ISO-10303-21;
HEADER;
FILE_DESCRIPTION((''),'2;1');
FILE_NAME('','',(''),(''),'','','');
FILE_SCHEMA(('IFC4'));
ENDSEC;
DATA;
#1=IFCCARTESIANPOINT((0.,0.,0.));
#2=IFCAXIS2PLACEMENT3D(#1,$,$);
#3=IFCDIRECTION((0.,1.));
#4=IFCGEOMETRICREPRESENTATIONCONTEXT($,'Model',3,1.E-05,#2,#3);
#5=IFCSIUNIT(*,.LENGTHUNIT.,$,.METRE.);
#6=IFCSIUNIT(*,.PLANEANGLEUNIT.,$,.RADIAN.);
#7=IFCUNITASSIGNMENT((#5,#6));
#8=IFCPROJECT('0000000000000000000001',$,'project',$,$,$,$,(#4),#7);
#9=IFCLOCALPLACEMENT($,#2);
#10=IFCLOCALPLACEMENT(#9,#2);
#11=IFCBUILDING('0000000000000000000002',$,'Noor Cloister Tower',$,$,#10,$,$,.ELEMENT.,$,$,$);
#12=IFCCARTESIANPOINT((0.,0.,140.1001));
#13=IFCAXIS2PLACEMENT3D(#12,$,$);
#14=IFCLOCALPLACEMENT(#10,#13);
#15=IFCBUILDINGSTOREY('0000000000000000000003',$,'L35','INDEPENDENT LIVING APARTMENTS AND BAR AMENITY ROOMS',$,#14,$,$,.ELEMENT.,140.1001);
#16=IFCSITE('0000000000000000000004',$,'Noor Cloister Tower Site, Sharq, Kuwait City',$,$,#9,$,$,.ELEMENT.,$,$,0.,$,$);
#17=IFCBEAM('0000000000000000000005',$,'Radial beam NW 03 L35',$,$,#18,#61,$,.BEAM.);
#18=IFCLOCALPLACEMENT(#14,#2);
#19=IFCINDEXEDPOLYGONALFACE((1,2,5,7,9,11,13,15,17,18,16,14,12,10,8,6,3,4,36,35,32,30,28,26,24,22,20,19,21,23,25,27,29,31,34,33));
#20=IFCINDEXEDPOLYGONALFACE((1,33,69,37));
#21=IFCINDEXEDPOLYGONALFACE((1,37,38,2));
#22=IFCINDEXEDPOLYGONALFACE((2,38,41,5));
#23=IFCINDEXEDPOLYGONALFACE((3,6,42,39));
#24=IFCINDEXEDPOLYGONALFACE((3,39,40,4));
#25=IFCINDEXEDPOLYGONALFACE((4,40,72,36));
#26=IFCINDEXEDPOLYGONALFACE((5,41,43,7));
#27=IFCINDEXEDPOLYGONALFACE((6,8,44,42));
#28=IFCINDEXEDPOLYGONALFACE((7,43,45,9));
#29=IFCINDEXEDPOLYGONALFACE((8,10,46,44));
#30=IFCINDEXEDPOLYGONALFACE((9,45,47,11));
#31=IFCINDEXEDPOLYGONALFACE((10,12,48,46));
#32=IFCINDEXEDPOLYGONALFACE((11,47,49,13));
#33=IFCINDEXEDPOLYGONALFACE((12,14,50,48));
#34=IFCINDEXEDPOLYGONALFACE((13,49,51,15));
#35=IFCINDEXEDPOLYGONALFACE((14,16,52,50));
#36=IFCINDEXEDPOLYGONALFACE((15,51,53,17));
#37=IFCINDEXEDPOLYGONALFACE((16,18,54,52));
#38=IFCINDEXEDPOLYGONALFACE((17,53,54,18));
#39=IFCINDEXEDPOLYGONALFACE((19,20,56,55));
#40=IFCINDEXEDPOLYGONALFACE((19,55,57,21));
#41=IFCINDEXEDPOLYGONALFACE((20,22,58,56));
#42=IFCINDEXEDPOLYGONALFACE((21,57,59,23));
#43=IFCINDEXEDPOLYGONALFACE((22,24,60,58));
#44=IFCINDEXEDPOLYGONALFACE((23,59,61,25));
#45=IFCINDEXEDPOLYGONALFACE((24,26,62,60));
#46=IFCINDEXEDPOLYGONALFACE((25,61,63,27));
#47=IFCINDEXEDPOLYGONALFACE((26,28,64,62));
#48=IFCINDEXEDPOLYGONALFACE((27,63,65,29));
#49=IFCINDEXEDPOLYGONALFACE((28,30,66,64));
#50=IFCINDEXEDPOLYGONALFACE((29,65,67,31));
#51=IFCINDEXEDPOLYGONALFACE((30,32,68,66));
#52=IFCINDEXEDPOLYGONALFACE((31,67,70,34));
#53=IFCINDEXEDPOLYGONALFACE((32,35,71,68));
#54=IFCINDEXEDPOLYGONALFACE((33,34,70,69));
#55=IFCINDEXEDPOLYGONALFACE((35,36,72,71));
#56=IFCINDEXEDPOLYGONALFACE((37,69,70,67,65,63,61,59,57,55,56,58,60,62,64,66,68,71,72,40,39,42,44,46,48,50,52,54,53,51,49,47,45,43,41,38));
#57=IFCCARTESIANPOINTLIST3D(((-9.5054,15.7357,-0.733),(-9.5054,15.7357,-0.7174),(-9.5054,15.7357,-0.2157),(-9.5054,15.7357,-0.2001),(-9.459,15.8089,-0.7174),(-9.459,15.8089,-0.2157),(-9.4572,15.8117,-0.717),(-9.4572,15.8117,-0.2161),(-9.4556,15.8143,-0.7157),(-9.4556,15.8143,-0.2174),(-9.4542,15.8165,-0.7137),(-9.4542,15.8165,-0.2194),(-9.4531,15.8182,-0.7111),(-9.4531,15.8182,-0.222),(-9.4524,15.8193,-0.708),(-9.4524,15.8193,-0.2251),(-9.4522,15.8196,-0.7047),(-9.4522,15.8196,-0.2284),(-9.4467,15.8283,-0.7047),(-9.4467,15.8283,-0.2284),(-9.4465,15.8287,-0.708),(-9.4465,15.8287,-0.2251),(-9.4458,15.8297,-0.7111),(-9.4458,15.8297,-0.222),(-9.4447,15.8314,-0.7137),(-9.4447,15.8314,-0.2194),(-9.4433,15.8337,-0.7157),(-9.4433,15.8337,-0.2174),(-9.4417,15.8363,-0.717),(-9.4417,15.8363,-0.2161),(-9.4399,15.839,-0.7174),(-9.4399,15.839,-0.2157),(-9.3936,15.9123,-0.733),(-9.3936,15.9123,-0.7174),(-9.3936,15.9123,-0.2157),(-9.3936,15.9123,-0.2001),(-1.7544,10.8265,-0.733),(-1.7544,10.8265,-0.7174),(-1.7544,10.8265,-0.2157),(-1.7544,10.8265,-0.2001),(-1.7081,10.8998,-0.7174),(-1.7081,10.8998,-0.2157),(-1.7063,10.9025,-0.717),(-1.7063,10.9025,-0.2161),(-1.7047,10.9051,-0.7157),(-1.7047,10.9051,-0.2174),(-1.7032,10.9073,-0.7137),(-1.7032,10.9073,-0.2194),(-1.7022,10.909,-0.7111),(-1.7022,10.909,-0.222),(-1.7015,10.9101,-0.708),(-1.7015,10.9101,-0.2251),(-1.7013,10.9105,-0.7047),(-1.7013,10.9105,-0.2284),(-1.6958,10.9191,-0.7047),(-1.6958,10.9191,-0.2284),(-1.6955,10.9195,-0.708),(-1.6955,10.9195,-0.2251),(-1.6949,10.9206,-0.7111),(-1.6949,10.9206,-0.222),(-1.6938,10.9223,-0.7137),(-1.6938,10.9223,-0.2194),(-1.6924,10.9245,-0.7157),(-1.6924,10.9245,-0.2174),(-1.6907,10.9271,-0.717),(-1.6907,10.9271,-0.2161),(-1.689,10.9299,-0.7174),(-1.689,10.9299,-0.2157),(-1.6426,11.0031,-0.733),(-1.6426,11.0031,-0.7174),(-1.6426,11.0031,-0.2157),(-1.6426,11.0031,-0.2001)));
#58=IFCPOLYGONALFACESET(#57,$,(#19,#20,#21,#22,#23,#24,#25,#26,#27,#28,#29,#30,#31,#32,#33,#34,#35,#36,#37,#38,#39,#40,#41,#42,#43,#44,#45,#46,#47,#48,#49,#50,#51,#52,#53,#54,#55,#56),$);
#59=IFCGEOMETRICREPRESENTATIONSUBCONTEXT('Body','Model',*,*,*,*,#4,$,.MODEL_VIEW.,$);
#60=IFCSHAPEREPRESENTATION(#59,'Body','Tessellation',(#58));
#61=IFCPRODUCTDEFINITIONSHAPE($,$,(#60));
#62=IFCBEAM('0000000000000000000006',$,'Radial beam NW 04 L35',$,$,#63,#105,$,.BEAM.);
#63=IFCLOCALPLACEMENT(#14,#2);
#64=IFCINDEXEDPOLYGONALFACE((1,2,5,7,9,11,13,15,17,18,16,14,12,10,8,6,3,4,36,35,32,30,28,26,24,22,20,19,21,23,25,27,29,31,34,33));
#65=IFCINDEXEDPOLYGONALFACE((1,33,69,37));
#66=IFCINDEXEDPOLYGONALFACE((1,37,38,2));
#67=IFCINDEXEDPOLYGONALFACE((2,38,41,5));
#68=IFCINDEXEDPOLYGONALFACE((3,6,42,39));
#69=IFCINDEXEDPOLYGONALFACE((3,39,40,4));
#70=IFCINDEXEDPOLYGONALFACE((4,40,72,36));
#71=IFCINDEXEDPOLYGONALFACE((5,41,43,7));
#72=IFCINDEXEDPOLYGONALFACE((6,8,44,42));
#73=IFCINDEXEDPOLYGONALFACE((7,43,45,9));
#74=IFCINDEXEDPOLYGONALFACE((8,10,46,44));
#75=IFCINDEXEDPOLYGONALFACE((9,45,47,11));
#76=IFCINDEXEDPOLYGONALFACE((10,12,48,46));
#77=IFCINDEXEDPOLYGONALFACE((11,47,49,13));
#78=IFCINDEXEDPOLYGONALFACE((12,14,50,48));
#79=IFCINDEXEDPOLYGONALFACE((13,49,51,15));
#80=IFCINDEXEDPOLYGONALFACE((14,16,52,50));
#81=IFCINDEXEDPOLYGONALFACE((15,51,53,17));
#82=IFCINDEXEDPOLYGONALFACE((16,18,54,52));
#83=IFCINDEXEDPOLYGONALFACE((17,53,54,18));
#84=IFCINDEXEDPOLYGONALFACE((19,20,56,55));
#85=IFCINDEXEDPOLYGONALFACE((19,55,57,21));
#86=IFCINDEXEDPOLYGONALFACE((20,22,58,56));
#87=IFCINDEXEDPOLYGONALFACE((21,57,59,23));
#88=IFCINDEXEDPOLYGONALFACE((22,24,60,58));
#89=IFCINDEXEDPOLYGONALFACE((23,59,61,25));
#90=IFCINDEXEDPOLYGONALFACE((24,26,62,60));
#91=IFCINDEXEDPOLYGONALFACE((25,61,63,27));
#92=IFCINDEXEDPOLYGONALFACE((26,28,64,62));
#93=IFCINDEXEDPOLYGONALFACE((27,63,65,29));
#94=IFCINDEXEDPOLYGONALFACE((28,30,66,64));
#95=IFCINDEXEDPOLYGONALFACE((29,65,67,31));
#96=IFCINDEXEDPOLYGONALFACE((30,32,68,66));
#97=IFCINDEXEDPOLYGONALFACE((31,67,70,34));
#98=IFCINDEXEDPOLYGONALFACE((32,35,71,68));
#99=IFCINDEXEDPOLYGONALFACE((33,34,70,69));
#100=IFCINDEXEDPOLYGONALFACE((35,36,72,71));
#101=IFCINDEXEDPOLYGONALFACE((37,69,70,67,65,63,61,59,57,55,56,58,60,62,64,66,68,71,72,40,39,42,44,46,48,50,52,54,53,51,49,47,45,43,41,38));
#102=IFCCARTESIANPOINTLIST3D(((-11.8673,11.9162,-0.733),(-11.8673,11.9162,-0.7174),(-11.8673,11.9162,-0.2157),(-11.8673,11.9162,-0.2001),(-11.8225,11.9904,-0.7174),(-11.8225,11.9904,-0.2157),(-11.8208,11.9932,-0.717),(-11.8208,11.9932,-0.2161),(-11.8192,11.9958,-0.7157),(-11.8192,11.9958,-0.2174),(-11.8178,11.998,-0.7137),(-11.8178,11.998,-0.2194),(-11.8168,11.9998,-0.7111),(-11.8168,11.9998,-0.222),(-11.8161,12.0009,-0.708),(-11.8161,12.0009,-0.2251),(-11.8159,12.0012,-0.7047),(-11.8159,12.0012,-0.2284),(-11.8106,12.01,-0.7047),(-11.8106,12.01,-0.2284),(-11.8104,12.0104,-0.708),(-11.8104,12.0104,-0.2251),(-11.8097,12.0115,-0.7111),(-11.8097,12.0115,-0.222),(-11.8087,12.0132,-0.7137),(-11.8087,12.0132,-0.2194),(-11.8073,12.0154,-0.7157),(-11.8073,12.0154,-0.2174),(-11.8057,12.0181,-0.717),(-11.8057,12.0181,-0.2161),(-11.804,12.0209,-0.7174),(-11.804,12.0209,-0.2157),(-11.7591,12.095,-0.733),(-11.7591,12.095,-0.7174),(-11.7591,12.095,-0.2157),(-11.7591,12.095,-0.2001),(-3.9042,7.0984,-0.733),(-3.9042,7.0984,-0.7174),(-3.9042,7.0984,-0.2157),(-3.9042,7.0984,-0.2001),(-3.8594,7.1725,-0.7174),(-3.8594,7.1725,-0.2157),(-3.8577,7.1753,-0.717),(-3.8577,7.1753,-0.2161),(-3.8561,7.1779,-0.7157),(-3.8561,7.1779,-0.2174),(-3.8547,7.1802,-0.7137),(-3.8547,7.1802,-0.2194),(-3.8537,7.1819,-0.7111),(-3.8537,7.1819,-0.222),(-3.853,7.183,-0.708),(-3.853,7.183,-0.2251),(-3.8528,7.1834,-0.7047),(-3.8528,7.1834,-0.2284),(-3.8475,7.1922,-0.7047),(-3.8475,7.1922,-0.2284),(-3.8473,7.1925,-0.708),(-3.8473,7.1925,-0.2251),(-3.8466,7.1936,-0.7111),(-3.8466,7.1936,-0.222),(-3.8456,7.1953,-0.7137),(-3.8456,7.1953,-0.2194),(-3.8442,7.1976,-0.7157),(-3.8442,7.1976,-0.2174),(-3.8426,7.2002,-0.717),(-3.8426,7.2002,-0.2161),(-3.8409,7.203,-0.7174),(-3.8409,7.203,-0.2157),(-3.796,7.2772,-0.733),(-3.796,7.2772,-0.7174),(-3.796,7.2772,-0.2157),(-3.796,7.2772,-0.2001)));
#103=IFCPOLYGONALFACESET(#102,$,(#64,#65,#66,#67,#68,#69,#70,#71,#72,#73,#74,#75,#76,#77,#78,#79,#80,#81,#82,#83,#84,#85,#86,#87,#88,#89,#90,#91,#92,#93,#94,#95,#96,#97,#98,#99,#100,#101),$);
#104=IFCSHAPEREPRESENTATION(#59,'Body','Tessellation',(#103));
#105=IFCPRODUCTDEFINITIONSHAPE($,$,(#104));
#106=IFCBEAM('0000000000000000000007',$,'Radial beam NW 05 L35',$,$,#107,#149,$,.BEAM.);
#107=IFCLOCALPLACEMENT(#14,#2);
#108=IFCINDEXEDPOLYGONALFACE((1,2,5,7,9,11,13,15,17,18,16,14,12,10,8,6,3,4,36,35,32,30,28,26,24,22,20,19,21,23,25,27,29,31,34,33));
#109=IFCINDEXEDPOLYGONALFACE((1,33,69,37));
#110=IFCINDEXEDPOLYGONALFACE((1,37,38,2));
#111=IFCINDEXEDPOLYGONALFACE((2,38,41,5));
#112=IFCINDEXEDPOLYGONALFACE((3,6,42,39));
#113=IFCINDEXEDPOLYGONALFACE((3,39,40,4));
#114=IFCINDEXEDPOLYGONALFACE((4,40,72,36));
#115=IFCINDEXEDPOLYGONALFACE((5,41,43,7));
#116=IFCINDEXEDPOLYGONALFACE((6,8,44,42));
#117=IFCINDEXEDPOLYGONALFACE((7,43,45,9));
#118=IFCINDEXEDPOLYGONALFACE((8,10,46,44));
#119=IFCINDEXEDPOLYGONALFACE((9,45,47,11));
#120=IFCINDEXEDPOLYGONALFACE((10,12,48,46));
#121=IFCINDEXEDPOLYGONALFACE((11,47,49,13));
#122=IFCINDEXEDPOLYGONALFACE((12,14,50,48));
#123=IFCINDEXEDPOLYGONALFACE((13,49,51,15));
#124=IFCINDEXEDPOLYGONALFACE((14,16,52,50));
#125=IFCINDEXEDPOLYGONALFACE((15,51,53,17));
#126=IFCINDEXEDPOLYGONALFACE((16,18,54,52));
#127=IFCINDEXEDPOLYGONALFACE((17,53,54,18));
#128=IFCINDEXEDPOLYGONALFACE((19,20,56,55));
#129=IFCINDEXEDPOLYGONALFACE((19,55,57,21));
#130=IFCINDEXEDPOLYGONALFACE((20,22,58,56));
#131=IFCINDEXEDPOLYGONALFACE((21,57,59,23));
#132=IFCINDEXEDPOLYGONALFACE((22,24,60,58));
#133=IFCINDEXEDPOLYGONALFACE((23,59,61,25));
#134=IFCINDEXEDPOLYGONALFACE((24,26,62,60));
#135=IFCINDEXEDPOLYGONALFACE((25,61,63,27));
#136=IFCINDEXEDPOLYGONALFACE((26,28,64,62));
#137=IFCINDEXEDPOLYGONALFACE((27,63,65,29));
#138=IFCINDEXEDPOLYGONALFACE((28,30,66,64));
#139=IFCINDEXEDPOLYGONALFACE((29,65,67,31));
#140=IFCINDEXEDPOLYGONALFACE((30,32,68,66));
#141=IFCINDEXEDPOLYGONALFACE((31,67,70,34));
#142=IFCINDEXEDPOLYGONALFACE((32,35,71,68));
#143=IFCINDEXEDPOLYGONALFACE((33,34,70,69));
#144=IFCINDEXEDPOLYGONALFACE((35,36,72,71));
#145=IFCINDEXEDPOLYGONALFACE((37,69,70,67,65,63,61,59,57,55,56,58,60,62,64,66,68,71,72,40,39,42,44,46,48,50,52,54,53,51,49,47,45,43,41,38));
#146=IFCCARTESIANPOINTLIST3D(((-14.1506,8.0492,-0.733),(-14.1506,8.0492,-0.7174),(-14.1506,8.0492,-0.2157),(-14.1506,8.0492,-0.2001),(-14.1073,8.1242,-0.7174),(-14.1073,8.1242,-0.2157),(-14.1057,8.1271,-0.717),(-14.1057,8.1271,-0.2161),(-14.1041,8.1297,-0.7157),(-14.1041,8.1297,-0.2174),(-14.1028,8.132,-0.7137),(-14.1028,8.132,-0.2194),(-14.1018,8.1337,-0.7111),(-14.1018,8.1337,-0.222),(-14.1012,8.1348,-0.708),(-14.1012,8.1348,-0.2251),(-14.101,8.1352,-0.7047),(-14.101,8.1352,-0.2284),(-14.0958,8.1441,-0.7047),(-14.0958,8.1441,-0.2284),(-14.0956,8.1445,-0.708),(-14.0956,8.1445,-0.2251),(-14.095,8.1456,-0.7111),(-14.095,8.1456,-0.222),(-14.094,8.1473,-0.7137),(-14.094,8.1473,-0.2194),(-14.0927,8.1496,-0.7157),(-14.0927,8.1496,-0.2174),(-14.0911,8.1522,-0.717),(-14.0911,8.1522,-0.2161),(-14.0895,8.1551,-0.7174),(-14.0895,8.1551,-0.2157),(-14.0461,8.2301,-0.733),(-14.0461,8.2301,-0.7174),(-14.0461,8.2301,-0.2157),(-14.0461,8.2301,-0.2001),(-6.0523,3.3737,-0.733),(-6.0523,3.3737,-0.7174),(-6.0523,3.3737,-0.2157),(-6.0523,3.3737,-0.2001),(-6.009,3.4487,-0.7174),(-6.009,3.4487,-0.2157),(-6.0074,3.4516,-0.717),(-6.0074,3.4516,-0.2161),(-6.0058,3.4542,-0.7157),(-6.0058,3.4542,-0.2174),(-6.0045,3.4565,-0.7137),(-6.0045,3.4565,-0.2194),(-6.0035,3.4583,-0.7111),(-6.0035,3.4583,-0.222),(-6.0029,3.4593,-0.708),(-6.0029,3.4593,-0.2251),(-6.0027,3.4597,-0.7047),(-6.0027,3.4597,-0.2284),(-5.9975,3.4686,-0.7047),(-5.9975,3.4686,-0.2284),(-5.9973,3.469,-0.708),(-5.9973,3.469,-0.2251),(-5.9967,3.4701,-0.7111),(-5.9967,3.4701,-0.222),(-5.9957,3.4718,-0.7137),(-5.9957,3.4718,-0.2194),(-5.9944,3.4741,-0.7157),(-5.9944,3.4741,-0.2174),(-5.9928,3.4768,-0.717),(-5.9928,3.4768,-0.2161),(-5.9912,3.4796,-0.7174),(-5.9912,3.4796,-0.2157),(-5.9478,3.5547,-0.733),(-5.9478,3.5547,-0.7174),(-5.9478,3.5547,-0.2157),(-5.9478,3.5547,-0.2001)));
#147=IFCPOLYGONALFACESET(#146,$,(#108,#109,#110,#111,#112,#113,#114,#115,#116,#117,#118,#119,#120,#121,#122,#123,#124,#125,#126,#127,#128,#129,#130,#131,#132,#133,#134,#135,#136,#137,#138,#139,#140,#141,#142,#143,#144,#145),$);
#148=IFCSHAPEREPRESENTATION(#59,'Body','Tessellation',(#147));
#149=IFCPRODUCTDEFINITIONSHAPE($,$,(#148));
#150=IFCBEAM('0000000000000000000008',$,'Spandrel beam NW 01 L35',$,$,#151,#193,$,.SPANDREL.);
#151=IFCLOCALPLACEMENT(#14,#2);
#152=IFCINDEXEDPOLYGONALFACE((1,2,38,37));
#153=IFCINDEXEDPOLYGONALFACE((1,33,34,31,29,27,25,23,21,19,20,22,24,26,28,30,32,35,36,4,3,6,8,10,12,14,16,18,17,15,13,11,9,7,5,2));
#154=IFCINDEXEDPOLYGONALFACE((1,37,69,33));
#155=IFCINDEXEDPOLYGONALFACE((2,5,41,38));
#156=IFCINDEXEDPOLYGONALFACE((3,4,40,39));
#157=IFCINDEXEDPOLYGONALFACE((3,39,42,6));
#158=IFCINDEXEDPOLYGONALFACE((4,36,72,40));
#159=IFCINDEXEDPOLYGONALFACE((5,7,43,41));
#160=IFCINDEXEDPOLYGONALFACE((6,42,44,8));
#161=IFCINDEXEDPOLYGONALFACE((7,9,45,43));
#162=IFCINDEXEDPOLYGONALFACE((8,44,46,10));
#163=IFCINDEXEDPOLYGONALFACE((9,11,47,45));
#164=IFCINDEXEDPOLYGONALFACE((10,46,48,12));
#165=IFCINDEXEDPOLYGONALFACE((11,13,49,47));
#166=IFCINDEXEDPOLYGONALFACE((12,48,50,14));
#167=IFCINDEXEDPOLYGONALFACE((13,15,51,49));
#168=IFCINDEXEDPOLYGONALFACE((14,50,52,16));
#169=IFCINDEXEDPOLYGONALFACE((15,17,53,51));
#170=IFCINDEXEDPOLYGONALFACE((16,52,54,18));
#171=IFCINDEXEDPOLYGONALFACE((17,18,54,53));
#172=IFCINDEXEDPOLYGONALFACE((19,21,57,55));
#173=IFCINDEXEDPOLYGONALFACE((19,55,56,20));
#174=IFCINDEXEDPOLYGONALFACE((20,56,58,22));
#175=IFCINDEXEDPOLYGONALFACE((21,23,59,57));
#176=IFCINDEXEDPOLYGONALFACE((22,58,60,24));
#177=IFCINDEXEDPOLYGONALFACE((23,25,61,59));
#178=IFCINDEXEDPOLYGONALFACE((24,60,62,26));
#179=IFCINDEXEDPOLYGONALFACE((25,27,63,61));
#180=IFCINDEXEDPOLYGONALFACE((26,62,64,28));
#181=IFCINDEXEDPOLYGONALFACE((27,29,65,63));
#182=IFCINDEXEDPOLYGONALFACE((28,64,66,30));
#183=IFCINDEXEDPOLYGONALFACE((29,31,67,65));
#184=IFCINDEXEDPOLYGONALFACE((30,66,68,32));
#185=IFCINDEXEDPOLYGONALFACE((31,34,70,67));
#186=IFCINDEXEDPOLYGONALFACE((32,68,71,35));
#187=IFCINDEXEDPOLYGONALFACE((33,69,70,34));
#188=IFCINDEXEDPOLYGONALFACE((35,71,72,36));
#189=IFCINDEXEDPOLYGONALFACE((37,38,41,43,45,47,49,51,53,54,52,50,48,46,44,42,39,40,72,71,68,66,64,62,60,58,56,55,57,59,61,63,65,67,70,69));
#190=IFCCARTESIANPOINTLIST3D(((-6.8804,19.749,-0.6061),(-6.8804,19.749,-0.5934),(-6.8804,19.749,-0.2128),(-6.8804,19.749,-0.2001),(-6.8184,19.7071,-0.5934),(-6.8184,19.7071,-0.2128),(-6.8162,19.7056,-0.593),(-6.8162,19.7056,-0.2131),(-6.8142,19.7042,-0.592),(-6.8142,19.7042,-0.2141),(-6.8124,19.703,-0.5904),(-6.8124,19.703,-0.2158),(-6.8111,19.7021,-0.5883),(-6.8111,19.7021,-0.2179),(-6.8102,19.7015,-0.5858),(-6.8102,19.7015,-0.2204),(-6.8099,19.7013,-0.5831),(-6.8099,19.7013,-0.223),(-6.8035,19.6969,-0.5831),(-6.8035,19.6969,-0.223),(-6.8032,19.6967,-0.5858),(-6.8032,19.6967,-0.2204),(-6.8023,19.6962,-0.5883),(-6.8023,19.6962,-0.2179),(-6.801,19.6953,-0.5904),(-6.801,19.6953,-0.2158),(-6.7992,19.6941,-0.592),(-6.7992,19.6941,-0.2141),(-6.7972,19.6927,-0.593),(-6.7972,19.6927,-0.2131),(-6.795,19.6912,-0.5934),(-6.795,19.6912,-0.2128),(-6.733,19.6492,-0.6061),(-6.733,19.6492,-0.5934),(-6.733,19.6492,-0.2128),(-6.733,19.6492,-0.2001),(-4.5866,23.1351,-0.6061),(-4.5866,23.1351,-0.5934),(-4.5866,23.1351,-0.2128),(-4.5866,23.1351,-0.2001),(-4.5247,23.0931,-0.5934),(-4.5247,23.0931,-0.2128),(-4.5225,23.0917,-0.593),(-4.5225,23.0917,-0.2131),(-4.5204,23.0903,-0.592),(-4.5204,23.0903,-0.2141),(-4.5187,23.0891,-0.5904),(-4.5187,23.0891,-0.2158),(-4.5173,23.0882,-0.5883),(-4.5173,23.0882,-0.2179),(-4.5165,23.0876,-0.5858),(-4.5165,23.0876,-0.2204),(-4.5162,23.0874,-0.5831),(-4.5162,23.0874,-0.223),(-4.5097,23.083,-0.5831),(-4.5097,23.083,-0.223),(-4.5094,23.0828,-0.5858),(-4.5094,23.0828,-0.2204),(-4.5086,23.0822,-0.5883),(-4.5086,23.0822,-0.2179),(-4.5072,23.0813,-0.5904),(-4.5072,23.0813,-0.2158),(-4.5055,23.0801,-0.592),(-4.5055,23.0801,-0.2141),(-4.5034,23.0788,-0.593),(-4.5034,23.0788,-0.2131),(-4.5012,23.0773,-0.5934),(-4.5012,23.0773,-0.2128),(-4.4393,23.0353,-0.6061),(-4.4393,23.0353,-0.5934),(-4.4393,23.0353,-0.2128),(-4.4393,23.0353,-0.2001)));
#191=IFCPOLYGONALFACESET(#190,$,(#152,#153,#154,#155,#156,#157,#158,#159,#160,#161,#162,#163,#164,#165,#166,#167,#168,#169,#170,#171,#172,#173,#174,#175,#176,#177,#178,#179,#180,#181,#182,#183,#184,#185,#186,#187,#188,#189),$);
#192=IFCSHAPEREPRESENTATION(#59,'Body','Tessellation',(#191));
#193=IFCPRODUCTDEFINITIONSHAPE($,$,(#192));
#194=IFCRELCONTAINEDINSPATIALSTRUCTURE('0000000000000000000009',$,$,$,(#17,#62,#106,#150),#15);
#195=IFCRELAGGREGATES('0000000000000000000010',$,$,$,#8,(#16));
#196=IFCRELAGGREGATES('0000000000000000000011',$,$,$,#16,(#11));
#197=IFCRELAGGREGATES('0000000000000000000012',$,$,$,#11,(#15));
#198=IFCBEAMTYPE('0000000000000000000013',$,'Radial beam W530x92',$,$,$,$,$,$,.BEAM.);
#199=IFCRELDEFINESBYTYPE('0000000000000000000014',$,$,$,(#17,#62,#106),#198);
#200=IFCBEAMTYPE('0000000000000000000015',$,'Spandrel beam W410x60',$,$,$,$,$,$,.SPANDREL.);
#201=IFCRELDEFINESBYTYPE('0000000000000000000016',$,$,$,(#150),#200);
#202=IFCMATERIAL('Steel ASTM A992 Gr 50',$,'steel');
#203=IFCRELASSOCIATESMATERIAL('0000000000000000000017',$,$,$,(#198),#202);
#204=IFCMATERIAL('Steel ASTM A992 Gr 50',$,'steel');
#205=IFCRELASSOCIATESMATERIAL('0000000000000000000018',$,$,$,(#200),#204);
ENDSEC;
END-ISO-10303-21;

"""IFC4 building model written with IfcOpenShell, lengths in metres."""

from ifc_helpers import new_model, si_unit, direction, frame, origin, origin_2d, place, context, subcontext, project, spatial, i_section, extrude, material, material_profile, profile_set, type_object, element, save


model = new_model("IFC4")

# Units and contexts
model_context = context("Model", 3, precision=1e-05, world=origin(), true_north=direction((0.0, 1.0)))
body_context = subcontext(model_context, "Body", "Model", "MODEL_VIEW")
ifc_project = project(units=[si_unit("LENGTHUNIT", "METRE"), si_unit("PLANEANGLEUNIT", "RADIAN")], contexts=[model_context])

# Site, building, storey
site_placement = place(None, origin())
site = spatial("IfcSite", under=ifc_project, at=site_placement, Name="Noor Cloister Tower Site, Sharq, Kuwait City", CompositionType="ELEMENT", RefElevation=0.0)
building_placement = place(site_placement, origin())
building = spatial("IfcBuilding", under=site, at=building_placement, Name="Noor Cloister Tower", CompositionType="ELEMENT")
storey_placement = place(building_placement, frame((0.0, 0.0, 140.1001)))
storey = spatial("IfcBuildingStorey", under=building, at=storey_placement, Name="L35", Description="INDEPENDENT LIVING APARTMENTS AND BAR AMENITY ROOMS", CompositionType="ELEMENT", Elevation=140.1001)

# Beams
ifc_material_1 = material(Name="Steel ASTM A992 Gr 50", Category="steel")
ifc_material_profile_1 = material_profile(ifc_material_1, i_section(OverallWidth=0.209, OverallDepth=0.533, WebThickness=0.0103, FlangeThickness=0.0156, FilletRadius=0.0127, at=origin_2d()), Name="W530x92")
ifc_profile_set_1 = profile_set([ifc_material_profile_1], Name="Steel ASTM A992 Gr 50")
beam_type_1 = type_object("IfcBeamType", Name="Radial beam W530x92", PredefinedType="BEAM", material=ifc_profile_set_1)
beam_1_placement = place(storey_placement, frame((-9.4495, 15.824, -0.4666), z_axis=(0.844808, -0.53507, 0.0), x_axis=(0.53507, 0.844808, 0.0)))
element("IfcBeam", 1, at=beam_1_placement, inside=storey, type_object=beam_type_1, Name="Radial beam NW 03 L35", PredefinedType="BEAM", context=body_context, shape_type="SweptSolid", body=[
    extrude(i_section(OverallWidth=0.209, OverallDepth=0.533, WebThickness=0.0103, FlangeThickness=0.0156, FilletRadius=0.0127, at=origin_2d()), origin(), (0.0, 0.0, 1.0), 9.1748),
])
beam_2_placement = place(storey_placement, frame((-11.8132, 12.0056, -0.4666), z_axis=(0.855591, -0.517652, 0.0), x_axis=(0.517652, 0.855591, 0.0)))
element("IfcBeam", 2, at=beam_2_placement, inside=storey, type_object=beam_type_1, Name="Radial beam NW 04 L35", PredefinedType="BEAM", context=body_context, shape_type="SweptSolid", body=[
    extrude(i_section(OverallWidth=0.209, OverallDepth=0.533, WebThickness=0.0103, FlangeThickness=0.0156, FilletRadius=0.0127, at=origin_2d()), origin(), (0.0, 0.0, 1.0), 9.3071),
])
beam_3_placement = place(storey_placement, frame((-14.0984, 8.1396, -0.4666), z_axis=(0.866029, -0.499994, 0.0), x_axis=(0.499994, 0.866029, 0.0)))
element("IfcBeam", 3, at=beam_3_placement, inside=storey, type_object=beam_type_1, Name="Radial beam NW 05 L35", PredefinedType="BEAM", context=body_context, shape_type="SweptSolid", body=[
    extrude(i_section(OverallWidth=0.209, OverallDepth=0.533, WebThickness=0.0103, FlangeThickness=0.0156, FilletRadius=0.0127, at=origin_2d()), origin(), (0.0, 0.0, 1.0), 9.3511),
])
ifc_material_2 = material(Name="Steel ASTM A992 Gr 50", Category="steel")
ifc_material_profile_2 = material_profile(ifc_material_2, i_section(OverallWidth=0.178, OverallDepth=0.406, WebThickness=0.0078, FlangeThickness=0.0127, FilletRadius=0.0103, at=origin_2d()), Name="W410x60")
ifc_profile_set_2 = profile_set([ifc_material_profile_2], Name="Steel ASTM A992 Gr 50")
beam_type_2 = type_object("IfcBeamType", Name="Spandrel beam W410x60", PredefinedType="SPANDREL", material=ifc_profile_set_2)
beam_4_placement = place(storey_placement, frame((-4.5129, 23.0852, -0.4031), z_axis=(-0.560843, -0.827922, 0.0), x_axis=(0.827922, -0.560843, 0.0)))
element("IfcBeam", 4, at=beam_4_placement, inside=storey, type_object=beam_type_2, Name="Spandrel beam NW 01 L35", PredefinedType="SPANDREL", context=body_context, shape_type="SweptSolid", body=[
    extrude(i_section(OverallWidth=0.178, OverallDepth=0.406, WebThickness=0.0078, FlangeThickness=0.0127, FilletRadius=0.0103, at=origin_2d()), origin(), (0.0, 0.0, 1.0), 4.0898),
])

save(model, "model.ifc")
